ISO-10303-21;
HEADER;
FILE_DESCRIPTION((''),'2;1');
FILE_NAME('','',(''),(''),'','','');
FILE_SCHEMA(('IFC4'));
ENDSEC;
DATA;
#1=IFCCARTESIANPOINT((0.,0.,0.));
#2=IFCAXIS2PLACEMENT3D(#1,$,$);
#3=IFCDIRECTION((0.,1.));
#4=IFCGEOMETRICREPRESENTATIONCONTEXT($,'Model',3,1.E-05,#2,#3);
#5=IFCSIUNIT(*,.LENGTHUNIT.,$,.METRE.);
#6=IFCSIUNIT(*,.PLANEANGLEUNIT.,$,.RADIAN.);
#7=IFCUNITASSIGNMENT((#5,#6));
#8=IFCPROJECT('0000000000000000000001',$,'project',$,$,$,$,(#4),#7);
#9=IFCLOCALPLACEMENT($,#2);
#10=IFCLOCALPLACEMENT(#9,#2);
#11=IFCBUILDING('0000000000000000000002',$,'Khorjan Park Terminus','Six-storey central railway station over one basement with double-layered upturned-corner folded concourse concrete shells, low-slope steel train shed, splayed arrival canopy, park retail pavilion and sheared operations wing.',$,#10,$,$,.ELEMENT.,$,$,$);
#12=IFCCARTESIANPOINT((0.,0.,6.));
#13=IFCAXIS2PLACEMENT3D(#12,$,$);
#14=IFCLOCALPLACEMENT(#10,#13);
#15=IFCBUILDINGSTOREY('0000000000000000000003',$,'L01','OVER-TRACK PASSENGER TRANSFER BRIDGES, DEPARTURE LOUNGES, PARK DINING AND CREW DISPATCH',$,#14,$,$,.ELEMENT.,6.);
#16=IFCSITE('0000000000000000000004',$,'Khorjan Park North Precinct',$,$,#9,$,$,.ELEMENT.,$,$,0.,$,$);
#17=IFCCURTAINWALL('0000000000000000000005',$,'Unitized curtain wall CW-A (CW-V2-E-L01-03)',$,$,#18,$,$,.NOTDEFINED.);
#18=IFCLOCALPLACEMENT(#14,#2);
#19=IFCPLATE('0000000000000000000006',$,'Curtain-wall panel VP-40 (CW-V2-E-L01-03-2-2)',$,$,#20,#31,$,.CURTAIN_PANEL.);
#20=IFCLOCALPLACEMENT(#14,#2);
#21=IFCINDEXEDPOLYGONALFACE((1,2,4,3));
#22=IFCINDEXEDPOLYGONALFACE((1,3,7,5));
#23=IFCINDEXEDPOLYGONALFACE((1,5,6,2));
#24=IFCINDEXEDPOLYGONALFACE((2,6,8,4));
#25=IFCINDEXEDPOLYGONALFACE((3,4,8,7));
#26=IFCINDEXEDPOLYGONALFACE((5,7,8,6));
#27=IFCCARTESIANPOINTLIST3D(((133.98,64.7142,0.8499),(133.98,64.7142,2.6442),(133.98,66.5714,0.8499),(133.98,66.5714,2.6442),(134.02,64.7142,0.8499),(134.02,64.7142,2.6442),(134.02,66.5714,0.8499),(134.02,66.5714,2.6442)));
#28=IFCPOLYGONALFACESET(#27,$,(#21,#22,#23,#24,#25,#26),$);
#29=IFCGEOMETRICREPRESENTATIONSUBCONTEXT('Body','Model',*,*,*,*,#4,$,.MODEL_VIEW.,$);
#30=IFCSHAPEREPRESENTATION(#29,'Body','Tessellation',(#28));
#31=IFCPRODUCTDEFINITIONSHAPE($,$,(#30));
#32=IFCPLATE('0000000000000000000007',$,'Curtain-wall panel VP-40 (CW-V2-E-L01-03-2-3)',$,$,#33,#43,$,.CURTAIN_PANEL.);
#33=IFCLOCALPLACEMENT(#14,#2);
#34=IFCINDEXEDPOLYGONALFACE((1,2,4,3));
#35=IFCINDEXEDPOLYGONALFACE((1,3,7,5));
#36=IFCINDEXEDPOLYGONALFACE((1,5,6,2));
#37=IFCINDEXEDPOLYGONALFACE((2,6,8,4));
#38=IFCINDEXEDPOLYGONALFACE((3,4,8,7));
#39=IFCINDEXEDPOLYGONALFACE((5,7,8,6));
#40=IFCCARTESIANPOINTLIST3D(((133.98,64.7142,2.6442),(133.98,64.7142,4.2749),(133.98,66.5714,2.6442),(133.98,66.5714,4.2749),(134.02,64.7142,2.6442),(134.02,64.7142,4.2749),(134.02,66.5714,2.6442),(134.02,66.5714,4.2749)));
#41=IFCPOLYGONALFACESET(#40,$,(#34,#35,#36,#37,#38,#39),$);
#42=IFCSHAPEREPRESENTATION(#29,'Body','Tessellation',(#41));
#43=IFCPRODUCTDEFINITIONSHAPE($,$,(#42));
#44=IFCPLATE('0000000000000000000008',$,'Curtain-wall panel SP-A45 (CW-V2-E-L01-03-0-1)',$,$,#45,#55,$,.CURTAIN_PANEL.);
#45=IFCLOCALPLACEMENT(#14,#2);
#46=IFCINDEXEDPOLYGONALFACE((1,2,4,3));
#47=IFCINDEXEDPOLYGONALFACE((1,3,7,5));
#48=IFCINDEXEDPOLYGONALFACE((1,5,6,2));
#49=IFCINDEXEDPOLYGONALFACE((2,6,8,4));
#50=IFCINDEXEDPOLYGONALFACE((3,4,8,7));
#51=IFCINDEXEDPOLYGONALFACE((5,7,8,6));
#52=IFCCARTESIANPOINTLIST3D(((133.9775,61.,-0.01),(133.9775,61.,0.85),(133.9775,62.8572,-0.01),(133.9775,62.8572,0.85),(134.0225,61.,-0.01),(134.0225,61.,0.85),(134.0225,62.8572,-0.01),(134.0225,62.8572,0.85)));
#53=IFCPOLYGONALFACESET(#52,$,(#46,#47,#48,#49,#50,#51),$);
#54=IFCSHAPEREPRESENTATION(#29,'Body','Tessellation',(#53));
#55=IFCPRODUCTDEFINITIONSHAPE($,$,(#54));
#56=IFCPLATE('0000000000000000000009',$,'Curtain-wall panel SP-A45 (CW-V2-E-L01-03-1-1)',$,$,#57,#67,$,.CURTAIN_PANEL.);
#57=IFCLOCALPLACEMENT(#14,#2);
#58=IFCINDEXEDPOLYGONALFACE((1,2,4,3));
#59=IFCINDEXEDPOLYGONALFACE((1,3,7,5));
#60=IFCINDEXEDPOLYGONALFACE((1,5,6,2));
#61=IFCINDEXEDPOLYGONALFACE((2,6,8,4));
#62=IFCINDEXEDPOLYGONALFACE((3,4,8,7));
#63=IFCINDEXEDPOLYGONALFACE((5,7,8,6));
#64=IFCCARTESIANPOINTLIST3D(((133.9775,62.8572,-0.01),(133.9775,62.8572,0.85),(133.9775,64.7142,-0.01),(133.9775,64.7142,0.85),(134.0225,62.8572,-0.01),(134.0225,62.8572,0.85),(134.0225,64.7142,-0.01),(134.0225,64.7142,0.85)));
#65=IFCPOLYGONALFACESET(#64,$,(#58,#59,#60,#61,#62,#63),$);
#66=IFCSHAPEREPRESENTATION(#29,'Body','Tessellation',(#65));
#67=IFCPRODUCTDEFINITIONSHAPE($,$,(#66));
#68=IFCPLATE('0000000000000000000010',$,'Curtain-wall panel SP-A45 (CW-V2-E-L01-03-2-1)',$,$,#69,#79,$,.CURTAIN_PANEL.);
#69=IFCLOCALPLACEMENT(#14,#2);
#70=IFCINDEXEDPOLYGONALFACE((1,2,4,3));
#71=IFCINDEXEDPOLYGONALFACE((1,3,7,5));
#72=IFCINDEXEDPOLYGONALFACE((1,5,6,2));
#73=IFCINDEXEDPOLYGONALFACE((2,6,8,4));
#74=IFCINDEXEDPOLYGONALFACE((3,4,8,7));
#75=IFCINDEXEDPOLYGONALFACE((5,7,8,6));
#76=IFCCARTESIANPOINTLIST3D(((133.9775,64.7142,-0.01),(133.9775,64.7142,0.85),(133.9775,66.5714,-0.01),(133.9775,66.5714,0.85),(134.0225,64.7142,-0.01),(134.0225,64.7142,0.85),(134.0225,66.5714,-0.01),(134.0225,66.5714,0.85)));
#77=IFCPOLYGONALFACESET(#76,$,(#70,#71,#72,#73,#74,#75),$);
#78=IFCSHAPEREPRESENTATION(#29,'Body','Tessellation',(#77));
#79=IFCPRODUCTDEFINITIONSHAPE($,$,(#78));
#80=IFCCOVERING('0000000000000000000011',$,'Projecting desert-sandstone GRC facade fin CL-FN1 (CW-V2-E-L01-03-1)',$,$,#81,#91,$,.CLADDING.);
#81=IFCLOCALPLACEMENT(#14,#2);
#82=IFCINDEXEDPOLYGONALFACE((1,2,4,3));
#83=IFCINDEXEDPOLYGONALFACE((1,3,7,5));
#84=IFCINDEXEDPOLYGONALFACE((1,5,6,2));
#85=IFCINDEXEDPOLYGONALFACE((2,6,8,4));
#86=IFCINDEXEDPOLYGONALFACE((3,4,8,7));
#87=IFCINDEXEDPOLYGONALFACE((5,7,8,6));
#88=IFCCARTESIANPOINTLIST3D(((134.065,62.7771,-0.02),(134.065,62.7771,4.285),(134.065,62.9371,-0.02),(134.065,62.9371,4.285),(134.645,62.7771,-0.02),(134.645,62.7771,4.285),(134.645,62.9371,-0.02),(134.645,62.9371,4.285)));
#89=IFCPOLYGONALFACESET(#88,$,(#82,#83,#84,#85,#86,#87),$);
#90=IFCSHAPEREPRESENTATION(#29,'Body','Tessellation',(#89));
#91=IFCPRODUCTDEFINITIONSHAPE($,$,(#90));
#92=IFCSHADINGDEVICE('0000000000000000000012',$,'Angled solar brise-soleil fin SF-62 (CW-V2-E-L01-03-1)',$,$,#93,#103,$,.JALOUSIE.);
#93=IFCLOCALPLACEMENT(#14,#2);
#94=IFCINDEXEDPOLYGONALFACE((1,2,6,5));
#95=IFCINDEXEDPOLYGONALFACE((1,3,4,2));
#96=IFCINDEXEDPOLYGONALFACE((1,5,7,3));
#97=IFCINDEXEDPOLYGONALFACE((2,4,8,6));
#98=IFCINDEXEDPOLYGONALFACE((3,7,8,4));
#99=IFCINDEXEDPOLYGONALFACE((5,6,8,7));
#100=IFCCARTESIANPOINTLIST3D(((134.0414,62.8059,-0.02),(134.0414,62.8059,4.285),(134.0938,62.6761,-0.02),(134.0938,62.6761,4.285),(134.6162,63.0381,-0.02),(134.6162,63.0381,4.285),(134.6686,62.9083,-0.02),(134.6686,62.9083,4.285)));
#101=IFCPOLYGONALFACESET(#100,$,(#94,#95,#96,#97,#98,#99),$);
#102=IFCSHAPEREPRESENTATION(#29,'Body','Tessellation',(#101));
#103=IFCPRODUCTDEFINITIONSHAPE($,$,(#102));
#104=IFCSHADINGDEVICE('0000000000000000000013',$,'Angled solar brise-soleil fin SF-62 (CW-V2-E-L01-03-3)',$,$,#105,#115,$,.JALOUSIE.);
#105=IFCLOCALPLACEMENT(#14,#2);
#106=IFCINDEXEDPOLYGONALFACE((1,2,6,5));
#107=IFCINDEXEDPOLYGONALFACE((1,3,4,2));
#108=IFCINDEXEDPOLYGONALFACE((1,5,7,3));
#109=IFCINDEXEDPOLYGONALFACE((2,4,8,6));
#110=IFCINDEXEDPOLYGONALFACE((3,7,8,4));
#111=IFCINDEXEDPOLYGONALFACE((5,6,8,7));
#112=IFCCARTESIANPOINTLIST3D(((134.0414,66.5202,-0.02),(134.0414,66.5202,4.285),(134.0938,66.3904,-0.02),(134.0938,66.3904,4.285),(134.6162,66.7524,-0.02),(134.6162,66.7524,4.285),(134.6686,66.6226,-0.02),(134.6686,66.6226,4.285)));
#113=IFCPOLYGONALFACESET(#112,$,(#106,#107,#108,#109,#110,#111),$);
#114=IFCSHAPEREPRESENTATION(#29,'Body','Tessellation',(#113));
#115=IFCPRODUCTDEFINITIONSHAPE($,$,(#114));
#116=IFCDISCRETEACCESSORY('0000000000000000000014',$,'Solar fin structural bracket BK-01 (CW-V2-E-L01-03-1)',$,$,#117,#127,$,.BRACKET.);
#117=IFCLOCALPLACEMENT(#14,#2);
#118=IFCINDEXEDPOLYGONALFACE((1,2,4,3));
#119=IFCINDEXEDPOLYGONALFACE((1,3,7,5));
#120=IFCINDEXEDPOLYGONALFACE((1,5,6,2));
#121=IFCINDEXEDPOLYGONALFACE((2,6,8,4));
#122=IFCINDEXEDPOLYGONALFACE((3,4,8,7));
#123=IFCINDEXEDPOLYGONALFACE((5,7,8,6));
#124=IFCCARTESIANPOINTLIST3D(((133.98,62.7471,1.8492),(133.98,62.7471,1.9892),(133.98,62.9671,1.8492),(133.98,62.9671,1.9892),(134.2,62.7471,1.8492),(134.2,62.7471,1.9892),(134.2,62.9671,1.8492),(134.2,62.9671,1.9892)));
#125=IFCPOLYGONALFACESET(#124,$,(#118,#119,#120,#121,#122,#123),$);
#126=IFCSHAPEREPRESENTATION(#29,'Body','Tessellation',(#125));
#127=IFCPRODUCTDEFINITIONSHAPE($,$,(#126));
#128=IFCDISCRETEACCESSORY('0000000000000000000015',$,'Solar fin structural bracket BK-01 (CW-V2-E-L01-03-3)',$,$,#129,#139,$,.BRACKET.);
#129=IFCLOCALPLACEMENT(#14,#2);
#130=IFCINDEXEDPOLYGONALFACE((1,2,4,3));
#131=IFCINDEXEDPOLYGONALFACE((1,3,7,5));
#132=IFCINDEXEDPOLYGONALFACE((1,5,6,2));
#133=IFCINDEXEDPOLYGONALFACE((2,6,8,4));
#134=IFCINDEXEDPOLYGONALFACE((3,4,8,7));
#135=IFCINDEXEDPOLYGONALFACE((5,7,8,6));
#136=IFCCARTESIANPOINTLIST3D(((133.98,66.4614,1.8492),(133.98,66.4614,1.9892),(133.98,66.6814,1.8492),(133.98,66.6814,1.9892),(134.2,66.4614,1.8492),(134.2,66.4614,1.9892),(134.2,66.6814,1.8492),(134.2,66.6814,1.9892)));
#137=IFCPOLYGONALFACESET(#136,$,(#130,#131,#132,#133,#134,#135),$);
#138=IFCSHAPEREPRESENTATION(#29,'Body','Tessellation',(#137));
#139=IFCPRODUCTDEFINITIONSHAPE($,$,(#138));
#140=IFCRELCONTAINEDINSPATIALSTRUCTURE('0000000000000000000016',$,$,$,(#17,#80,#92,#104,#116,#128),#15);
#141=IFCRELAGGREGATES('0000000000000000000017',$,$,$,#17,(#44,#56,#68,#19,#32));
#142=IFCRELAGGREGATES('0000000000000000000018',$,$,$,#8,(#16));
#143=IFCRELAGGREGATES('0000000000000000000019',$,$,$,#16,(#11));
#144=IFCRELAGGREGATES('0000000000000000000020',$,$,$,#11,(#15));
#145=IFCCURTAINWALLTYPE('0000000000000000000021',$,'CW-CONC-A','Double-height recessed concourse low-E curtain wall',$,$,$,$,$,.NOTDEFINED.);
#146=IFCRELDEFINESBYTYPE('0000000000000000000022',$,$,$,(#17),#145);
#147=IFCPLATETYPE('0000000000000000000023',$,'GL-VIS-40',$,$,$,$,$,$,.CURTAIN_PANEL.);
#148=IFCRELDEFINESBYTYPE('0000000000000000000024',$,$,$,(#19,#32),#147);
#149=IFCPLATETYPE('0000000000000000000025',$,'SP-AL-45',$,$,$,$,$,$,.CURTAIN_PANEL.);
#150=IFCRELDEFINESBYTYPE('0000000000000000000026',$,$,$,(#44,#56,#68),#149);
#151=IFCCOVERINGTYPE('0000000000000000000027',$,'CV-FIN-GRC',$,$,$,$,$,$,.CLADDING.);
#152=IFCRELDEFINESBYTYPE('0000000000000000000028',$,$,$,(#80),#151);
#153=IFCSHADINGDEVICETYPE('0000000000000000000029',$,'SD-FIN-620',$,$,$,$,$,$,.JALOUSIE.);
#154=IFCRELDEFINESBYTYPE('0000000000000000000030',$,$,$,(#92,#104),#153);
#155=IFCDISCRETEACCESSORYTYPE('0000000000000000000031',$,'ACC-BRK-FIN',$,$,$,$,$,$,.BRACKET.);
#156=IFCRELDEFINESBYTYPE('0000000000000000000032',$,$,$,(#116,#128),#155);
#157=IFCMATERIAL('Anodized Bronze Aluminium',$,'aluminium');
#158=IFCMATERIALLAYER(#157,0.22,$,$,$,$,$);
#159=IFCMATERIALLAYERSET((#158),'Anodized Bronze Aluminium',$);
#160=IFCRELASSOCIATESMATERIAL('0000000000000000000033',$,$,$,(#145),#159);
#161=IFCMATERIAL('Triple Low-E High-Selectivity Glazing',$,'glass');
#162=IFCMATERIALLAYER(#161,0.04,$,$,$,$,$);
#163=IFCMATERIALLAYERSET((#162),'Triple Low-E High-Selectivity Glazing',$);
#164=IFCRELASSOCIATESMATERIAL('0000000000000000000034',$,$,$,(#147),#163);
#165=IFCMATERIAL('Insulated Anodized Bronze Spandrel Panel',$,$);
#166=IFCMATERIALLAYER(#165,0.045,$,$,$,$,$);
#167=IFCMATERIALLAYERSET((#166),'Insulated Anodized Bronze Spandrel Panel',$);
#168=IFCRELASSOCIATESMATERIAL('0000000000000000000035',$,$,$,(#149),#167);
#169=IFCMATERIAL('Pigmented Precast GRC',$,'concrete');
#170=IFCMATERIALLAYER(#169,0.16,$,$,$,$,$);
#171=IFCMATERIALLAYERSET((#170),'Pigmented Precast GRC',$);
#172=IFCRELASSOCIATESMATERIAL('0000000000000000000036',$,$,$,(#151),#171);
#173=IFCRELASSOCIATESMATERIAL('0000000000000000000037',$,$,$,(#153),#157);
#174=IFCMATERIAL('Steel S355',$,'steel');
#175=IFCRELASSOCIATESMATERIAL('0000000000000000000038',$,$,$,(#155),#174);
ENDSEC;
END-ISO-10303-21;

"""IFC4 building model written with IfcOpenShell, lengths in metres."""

from ifc_helpers import new_model, si_unit, direction, frame, origin, origin_2d, place, context, subcontext, project, spatial, rectangle, extrude, material, layer, layer_set, type_object, element, aggregate, save


model = new_model("IFC4")

# Units and contexts
model_context = context("Model", 3, precision=1e-05, world=origin(), true_north=direction((0.0, 1.0)))
body_context = subcontext(model_context, "Body", "Model", "MODEL_VIEW")
ifc_project = project(units=[si_unit("LENGTHUNIT", "METRE"), si_unit("PLANEANGLEUNIT", "RADIAN")], contexts=[model_context])

# Site, building, storey
site_placement = place(None, origin())
site = spatial("IfcSite", under=ifc_project, at=site_placement, Name="Khorjan Park North Precinct", CompositionType="ELEMENT", RefElevation=0.0)
building_placement = place(site_placement, origin())
building = spatial("IfcBuilding", under=site, at=building_placement, Name="Khorjan Park Terminus", Description="Six-storey central railway station over one basement with double-layered upturned-corner folded concourse concrete shells, low-slope steel train shed, splayed arrival canopy, park retail pavilion and sheared operations wing.", CompositionType="ELEMENT")
storey_placement = place(building_placement, frame((0.0, 0.0, 6.0)))
storey = spatial("IfcBuildingStorey", under=building, at=storey_placement, Name="L01", Description="OVER-TRACK PASSENGER TRANSFER BRIDGES, DEPARTURE LOUNGES, PARK DINING AND CREW DISPATCH", CompositionType="ELEMENT", Elevation=6.0)

# Shared definitions
ifc_material_1 = material(Name="Anodized Bronze Aluminium", Category="aluminium")
ifc_layer_1 = layer(ifc_material_1, 0.22)
ifc_layer_set_1 = layer_set([ifc_layer_1], Name="Anodized Bronze Aluminium")
curtain_wall_type = type_object("IfcCurtainWallType", Name="CW-CONC-A", Description="Double-height recessed concourse low-E curtain wall", PredefinedType="NOTDEFINED", material=ifc_layer_set_1)

# Curtain wall
curtain_wall_1_placement = place(storey_placement, origin())
curtain_wall_1 = element("IfcCurtainWall", 1, at=curtain_wall_1_placement, inside=storey, type_object=curtain_wall_type, Name="Unitized curtain wall CW-A (CW-V2-E-L01-03)", PredefinedType="NOTDEFINED")

# Plates
ifc_material_2 = material(Name="Triple Low-E High-Selectivity Glazing", Category="glass")
ifc_layer_2 = layer(ifc_material_2, 0.04)
ifc_layer_set_2 = layer_set([ifc_layer_2], Name="Triple Low-E High-Selectivity Glazing")
plate_type_1 = type_object("IfcPlateType", Name="GL-VIS-40", PredefinedType="CURTAIN_PANEL", material=ifc_layer_set_2)
plate_1_placement = place(storey_placement, frame((134.0, 65.6428, 0.8499), z_axis=(0.0, 0.0, 1.0), x_axis=(0.0, 1.0, 0.0)))
plate_1 = element("IfcPlate", 2, at=plate_1_placement, type_object=plate_type_1, Name="Curtain-wall panel VP-40 (CW-V2-E-L01-03-2-2)", PredefinedType="CURTAIN_PANEL", context=body_context, shape_type="SweptSolid", body=[
    extrude(rectangle(XDim=1.8571, YDim=0.04, at=origin_2d()), origin(), (0.0, 0.0, 1.0), 1.7943),
])
plate_2_placement = place(storey_placement, frame((134.0, 65.6428, 2.6442), z_axis=(0.0, 0.0, 1.0), x_axis=(0.0, 1.0, 0.0)))
plate_2 = element("IfcPlate", 3, at=plate_2_placement, type_object=plate_type_1, Name="Curtain-wall panel VP-40 (CW-V2-E-L01-03-2-3)", PredefinedType="CURTAIN_PANEL", context=body_context, shape_type="SweptSolid", body=[
    extrude(rectangle(XDim=1.8571, YDim=0.04, at=origin_2d()), origin(), (0.0, 0.0, 1.0), 1.6307),
])
ifc_material_3 = material(Name="Insulated Anodized Bronze Spandrel Panel")
ifc_layer_3 = layer(ifc_material_3, 0.045)
ifc_layer_set_3 = layer_set([ifc_layer_3], Name="Insulated Anodized Bronze Spandrel Panel")
plate_type_2 = type_object("IfcPlateType", Name="SP-AL-45", PredefinedType="CURTAIN_PANEL", material=ifc_layer_set_3)
plate_3_placement = place(storey_placement, frame((134.0, 61.9286, -0.01), z_axis=(0.0, 0.0, 1.0), x_axis=(0.0, 1.0, 0.0)))
plate_3 = element("IfcPlate", 4, at=plate_3_placement, type_object=plate_type_2, Name="Curtain-wall panel SP-A45 (CW-V2-E-L01-03-0-1)", PredefinedType="CURTAIN_PANEL", context=body_context, shape_type="SweptSolid", body=[
    extrude(rectangle(XDim=1.8571, YDim=0.045, at=origin_2d()), origin(), (0.0, 0.0, 1.0), 0.86),
])
plate_4_placement = place(storey_placement, frame((134.0, 63.7857, -0.01), z_axis=(0.0, 0.0, 1.0), x_axis=(0.0, 1.0, 0.0)))
plate_4 = element("IfcPlate", 5, at=plate_4_placement, type_object=plate_type_2, Name="Curtain-wall panel SP-A45 (CW-V2-E-L01-03-1-1)", PredefinedType="CURTAIN_PANEL", context=body_context, shape_type="SweptSolid", body=[
    extrude(rectangle(XDim=1.8571, YDim=0.045, at=origin_2d()), origin(), (0.0, 0.0, 1.0), 0.86),
])
plate_5_placement = place(storey_placement, frame((134.0, 65.6428, -0.01), z_axis=(0.0, 0.0, 1.0), x_axis=(0.0, 1.0, 0.0)))
plate_5 = element("IfcPlate", 6, at=plate_5_placement, type_object=plate_type_2, Name="Curtain-wall panel SP-A45 (CW-V2-E-L01-03-2-1)", PredefinedType="CURTAIN_PANEL", context=body_context, shape_type="SweptSolid", body=[
    extrude(rectangle(XDim=1.8571, YDim=0.045, at=origin_2d()), origin(), (0.0, 0.0, 1.0), 0.86),
])
aggregate(curtain_wall_1, [plate_3, plate_4, plate_5, plate_1, plate_2])

# Covering
ifc_material_4 = material(Name="Pigmented Precast GRC", Category="concrete")
ifc_layer_4 = layer(ifc_material_4, 0.16)
ifc_layer_set_4 = layer_set([ifc_layer_4], Name="Pigmented Precast GRC")
covering_type = type_object("IfcCoveringType", Name="CV-FIN-GRC", PredefinedType="CLADDING", material=ifc_layer_set_4)
covering_placement = place(storey_placement, frame((134.355, 62.8571, -0.02), z_axis=(0.0, 0.0, 1.0), x_axis=(-1.0, 0.0, 0.0)))
element("IfcCovering", 7, at=covering_placement, inside=storey, type_object=covering_type, Name="Projecting desert-sandstone GRC facade fin CL-FN1 (CW-V2-E-L01-03-1)", PredefinedType="CLADDING", context=body_context, shape_type="SweptSolid", body=[
    extrude(rectangle(XDim=0.58, YDim=0.16, at=origin_2d()), origin(), (0.0, 0.0, 1.0), 4.305),
])

# Shading devices
shading_device_type = type_object("IfcShadingDeviceType", Name="SD-FIN-620", PredefinedType="JALOUSIE", material=ifc_material_1)
for number, where, z_axis, x_axis, name in (
    (8, (134.355, 62.8571, -0.02), (0.0, 0.0, 1.0), (-0.927184, -0.374607, 0.0), "Angled solar brise-soleil fin SF-62 (CW-V2-E-L01-03-1)"),
    (9, (134.355, 66.5714, -0.02), (0.0, 0.0, 1.0), (-0.927184, -0.374607, 0.0), "Angled solar brise-soleil fin SF-62 (CW-V2-E-L01-03-3)"),
):
    element("IfcShadingDevice", number, at=place(storey_placement, frame(where, z_axis=z_axis, x_axis=x_axis)), inside=storey, type_object=shading_device_type, Name=name, PredefinedType="JALOUSIE", context=body_context, shape_type="SweptSolid", body=[
        extrude(rectangle(XDim=0.62, YDim=0.14, at=origin_2d()), origin(), (0.0, 0.0, 1.0), 4.305),
    ])

# Discrete accessories
ifc_material_5 = material(Name="Steel S355", Category="steel")
discrete_accessory_type = type_object("IfcDiscreteAccessoryType", Name="ACC-BRK-FIN", PredefinedType="BRACKET", material=ifc_material_5)
for number, where, z_axis, x_axis, name in (
    (10, (134.09, 62.8571, 1.8492), (0.0, 0.0, 1.0), (0.0, 1.0, 0.0), "Solar fin structural bracket BK-01 (CW-V2-E-L01-03-1)"),
    (11, (134.09, 66.5714, 1.8492), (0.0, 0.0, 1.0), (0.0, 1.0, 0.0), "Solar fin structural bracket BK-01 (CW-V2-E-L01-03-3)"),
):
    element("IfcDiscreteAccessory", number, at=place(storey_placement, frame(where, z_axis=z_axis, x_axis=x_axis)), inside=storey, type_object=discrete_accessory_type, Name=name, PredefinedType="BRACKET", context=body_context, shape_type="SweptSolid", body=[
        extrude(rectangle(XDim=0.22, YDim=0.22, at=origin_2d()), origin(), (0.0, 0.0, 1.0), 0.14),
    ])

save(model, "model.ifc")
